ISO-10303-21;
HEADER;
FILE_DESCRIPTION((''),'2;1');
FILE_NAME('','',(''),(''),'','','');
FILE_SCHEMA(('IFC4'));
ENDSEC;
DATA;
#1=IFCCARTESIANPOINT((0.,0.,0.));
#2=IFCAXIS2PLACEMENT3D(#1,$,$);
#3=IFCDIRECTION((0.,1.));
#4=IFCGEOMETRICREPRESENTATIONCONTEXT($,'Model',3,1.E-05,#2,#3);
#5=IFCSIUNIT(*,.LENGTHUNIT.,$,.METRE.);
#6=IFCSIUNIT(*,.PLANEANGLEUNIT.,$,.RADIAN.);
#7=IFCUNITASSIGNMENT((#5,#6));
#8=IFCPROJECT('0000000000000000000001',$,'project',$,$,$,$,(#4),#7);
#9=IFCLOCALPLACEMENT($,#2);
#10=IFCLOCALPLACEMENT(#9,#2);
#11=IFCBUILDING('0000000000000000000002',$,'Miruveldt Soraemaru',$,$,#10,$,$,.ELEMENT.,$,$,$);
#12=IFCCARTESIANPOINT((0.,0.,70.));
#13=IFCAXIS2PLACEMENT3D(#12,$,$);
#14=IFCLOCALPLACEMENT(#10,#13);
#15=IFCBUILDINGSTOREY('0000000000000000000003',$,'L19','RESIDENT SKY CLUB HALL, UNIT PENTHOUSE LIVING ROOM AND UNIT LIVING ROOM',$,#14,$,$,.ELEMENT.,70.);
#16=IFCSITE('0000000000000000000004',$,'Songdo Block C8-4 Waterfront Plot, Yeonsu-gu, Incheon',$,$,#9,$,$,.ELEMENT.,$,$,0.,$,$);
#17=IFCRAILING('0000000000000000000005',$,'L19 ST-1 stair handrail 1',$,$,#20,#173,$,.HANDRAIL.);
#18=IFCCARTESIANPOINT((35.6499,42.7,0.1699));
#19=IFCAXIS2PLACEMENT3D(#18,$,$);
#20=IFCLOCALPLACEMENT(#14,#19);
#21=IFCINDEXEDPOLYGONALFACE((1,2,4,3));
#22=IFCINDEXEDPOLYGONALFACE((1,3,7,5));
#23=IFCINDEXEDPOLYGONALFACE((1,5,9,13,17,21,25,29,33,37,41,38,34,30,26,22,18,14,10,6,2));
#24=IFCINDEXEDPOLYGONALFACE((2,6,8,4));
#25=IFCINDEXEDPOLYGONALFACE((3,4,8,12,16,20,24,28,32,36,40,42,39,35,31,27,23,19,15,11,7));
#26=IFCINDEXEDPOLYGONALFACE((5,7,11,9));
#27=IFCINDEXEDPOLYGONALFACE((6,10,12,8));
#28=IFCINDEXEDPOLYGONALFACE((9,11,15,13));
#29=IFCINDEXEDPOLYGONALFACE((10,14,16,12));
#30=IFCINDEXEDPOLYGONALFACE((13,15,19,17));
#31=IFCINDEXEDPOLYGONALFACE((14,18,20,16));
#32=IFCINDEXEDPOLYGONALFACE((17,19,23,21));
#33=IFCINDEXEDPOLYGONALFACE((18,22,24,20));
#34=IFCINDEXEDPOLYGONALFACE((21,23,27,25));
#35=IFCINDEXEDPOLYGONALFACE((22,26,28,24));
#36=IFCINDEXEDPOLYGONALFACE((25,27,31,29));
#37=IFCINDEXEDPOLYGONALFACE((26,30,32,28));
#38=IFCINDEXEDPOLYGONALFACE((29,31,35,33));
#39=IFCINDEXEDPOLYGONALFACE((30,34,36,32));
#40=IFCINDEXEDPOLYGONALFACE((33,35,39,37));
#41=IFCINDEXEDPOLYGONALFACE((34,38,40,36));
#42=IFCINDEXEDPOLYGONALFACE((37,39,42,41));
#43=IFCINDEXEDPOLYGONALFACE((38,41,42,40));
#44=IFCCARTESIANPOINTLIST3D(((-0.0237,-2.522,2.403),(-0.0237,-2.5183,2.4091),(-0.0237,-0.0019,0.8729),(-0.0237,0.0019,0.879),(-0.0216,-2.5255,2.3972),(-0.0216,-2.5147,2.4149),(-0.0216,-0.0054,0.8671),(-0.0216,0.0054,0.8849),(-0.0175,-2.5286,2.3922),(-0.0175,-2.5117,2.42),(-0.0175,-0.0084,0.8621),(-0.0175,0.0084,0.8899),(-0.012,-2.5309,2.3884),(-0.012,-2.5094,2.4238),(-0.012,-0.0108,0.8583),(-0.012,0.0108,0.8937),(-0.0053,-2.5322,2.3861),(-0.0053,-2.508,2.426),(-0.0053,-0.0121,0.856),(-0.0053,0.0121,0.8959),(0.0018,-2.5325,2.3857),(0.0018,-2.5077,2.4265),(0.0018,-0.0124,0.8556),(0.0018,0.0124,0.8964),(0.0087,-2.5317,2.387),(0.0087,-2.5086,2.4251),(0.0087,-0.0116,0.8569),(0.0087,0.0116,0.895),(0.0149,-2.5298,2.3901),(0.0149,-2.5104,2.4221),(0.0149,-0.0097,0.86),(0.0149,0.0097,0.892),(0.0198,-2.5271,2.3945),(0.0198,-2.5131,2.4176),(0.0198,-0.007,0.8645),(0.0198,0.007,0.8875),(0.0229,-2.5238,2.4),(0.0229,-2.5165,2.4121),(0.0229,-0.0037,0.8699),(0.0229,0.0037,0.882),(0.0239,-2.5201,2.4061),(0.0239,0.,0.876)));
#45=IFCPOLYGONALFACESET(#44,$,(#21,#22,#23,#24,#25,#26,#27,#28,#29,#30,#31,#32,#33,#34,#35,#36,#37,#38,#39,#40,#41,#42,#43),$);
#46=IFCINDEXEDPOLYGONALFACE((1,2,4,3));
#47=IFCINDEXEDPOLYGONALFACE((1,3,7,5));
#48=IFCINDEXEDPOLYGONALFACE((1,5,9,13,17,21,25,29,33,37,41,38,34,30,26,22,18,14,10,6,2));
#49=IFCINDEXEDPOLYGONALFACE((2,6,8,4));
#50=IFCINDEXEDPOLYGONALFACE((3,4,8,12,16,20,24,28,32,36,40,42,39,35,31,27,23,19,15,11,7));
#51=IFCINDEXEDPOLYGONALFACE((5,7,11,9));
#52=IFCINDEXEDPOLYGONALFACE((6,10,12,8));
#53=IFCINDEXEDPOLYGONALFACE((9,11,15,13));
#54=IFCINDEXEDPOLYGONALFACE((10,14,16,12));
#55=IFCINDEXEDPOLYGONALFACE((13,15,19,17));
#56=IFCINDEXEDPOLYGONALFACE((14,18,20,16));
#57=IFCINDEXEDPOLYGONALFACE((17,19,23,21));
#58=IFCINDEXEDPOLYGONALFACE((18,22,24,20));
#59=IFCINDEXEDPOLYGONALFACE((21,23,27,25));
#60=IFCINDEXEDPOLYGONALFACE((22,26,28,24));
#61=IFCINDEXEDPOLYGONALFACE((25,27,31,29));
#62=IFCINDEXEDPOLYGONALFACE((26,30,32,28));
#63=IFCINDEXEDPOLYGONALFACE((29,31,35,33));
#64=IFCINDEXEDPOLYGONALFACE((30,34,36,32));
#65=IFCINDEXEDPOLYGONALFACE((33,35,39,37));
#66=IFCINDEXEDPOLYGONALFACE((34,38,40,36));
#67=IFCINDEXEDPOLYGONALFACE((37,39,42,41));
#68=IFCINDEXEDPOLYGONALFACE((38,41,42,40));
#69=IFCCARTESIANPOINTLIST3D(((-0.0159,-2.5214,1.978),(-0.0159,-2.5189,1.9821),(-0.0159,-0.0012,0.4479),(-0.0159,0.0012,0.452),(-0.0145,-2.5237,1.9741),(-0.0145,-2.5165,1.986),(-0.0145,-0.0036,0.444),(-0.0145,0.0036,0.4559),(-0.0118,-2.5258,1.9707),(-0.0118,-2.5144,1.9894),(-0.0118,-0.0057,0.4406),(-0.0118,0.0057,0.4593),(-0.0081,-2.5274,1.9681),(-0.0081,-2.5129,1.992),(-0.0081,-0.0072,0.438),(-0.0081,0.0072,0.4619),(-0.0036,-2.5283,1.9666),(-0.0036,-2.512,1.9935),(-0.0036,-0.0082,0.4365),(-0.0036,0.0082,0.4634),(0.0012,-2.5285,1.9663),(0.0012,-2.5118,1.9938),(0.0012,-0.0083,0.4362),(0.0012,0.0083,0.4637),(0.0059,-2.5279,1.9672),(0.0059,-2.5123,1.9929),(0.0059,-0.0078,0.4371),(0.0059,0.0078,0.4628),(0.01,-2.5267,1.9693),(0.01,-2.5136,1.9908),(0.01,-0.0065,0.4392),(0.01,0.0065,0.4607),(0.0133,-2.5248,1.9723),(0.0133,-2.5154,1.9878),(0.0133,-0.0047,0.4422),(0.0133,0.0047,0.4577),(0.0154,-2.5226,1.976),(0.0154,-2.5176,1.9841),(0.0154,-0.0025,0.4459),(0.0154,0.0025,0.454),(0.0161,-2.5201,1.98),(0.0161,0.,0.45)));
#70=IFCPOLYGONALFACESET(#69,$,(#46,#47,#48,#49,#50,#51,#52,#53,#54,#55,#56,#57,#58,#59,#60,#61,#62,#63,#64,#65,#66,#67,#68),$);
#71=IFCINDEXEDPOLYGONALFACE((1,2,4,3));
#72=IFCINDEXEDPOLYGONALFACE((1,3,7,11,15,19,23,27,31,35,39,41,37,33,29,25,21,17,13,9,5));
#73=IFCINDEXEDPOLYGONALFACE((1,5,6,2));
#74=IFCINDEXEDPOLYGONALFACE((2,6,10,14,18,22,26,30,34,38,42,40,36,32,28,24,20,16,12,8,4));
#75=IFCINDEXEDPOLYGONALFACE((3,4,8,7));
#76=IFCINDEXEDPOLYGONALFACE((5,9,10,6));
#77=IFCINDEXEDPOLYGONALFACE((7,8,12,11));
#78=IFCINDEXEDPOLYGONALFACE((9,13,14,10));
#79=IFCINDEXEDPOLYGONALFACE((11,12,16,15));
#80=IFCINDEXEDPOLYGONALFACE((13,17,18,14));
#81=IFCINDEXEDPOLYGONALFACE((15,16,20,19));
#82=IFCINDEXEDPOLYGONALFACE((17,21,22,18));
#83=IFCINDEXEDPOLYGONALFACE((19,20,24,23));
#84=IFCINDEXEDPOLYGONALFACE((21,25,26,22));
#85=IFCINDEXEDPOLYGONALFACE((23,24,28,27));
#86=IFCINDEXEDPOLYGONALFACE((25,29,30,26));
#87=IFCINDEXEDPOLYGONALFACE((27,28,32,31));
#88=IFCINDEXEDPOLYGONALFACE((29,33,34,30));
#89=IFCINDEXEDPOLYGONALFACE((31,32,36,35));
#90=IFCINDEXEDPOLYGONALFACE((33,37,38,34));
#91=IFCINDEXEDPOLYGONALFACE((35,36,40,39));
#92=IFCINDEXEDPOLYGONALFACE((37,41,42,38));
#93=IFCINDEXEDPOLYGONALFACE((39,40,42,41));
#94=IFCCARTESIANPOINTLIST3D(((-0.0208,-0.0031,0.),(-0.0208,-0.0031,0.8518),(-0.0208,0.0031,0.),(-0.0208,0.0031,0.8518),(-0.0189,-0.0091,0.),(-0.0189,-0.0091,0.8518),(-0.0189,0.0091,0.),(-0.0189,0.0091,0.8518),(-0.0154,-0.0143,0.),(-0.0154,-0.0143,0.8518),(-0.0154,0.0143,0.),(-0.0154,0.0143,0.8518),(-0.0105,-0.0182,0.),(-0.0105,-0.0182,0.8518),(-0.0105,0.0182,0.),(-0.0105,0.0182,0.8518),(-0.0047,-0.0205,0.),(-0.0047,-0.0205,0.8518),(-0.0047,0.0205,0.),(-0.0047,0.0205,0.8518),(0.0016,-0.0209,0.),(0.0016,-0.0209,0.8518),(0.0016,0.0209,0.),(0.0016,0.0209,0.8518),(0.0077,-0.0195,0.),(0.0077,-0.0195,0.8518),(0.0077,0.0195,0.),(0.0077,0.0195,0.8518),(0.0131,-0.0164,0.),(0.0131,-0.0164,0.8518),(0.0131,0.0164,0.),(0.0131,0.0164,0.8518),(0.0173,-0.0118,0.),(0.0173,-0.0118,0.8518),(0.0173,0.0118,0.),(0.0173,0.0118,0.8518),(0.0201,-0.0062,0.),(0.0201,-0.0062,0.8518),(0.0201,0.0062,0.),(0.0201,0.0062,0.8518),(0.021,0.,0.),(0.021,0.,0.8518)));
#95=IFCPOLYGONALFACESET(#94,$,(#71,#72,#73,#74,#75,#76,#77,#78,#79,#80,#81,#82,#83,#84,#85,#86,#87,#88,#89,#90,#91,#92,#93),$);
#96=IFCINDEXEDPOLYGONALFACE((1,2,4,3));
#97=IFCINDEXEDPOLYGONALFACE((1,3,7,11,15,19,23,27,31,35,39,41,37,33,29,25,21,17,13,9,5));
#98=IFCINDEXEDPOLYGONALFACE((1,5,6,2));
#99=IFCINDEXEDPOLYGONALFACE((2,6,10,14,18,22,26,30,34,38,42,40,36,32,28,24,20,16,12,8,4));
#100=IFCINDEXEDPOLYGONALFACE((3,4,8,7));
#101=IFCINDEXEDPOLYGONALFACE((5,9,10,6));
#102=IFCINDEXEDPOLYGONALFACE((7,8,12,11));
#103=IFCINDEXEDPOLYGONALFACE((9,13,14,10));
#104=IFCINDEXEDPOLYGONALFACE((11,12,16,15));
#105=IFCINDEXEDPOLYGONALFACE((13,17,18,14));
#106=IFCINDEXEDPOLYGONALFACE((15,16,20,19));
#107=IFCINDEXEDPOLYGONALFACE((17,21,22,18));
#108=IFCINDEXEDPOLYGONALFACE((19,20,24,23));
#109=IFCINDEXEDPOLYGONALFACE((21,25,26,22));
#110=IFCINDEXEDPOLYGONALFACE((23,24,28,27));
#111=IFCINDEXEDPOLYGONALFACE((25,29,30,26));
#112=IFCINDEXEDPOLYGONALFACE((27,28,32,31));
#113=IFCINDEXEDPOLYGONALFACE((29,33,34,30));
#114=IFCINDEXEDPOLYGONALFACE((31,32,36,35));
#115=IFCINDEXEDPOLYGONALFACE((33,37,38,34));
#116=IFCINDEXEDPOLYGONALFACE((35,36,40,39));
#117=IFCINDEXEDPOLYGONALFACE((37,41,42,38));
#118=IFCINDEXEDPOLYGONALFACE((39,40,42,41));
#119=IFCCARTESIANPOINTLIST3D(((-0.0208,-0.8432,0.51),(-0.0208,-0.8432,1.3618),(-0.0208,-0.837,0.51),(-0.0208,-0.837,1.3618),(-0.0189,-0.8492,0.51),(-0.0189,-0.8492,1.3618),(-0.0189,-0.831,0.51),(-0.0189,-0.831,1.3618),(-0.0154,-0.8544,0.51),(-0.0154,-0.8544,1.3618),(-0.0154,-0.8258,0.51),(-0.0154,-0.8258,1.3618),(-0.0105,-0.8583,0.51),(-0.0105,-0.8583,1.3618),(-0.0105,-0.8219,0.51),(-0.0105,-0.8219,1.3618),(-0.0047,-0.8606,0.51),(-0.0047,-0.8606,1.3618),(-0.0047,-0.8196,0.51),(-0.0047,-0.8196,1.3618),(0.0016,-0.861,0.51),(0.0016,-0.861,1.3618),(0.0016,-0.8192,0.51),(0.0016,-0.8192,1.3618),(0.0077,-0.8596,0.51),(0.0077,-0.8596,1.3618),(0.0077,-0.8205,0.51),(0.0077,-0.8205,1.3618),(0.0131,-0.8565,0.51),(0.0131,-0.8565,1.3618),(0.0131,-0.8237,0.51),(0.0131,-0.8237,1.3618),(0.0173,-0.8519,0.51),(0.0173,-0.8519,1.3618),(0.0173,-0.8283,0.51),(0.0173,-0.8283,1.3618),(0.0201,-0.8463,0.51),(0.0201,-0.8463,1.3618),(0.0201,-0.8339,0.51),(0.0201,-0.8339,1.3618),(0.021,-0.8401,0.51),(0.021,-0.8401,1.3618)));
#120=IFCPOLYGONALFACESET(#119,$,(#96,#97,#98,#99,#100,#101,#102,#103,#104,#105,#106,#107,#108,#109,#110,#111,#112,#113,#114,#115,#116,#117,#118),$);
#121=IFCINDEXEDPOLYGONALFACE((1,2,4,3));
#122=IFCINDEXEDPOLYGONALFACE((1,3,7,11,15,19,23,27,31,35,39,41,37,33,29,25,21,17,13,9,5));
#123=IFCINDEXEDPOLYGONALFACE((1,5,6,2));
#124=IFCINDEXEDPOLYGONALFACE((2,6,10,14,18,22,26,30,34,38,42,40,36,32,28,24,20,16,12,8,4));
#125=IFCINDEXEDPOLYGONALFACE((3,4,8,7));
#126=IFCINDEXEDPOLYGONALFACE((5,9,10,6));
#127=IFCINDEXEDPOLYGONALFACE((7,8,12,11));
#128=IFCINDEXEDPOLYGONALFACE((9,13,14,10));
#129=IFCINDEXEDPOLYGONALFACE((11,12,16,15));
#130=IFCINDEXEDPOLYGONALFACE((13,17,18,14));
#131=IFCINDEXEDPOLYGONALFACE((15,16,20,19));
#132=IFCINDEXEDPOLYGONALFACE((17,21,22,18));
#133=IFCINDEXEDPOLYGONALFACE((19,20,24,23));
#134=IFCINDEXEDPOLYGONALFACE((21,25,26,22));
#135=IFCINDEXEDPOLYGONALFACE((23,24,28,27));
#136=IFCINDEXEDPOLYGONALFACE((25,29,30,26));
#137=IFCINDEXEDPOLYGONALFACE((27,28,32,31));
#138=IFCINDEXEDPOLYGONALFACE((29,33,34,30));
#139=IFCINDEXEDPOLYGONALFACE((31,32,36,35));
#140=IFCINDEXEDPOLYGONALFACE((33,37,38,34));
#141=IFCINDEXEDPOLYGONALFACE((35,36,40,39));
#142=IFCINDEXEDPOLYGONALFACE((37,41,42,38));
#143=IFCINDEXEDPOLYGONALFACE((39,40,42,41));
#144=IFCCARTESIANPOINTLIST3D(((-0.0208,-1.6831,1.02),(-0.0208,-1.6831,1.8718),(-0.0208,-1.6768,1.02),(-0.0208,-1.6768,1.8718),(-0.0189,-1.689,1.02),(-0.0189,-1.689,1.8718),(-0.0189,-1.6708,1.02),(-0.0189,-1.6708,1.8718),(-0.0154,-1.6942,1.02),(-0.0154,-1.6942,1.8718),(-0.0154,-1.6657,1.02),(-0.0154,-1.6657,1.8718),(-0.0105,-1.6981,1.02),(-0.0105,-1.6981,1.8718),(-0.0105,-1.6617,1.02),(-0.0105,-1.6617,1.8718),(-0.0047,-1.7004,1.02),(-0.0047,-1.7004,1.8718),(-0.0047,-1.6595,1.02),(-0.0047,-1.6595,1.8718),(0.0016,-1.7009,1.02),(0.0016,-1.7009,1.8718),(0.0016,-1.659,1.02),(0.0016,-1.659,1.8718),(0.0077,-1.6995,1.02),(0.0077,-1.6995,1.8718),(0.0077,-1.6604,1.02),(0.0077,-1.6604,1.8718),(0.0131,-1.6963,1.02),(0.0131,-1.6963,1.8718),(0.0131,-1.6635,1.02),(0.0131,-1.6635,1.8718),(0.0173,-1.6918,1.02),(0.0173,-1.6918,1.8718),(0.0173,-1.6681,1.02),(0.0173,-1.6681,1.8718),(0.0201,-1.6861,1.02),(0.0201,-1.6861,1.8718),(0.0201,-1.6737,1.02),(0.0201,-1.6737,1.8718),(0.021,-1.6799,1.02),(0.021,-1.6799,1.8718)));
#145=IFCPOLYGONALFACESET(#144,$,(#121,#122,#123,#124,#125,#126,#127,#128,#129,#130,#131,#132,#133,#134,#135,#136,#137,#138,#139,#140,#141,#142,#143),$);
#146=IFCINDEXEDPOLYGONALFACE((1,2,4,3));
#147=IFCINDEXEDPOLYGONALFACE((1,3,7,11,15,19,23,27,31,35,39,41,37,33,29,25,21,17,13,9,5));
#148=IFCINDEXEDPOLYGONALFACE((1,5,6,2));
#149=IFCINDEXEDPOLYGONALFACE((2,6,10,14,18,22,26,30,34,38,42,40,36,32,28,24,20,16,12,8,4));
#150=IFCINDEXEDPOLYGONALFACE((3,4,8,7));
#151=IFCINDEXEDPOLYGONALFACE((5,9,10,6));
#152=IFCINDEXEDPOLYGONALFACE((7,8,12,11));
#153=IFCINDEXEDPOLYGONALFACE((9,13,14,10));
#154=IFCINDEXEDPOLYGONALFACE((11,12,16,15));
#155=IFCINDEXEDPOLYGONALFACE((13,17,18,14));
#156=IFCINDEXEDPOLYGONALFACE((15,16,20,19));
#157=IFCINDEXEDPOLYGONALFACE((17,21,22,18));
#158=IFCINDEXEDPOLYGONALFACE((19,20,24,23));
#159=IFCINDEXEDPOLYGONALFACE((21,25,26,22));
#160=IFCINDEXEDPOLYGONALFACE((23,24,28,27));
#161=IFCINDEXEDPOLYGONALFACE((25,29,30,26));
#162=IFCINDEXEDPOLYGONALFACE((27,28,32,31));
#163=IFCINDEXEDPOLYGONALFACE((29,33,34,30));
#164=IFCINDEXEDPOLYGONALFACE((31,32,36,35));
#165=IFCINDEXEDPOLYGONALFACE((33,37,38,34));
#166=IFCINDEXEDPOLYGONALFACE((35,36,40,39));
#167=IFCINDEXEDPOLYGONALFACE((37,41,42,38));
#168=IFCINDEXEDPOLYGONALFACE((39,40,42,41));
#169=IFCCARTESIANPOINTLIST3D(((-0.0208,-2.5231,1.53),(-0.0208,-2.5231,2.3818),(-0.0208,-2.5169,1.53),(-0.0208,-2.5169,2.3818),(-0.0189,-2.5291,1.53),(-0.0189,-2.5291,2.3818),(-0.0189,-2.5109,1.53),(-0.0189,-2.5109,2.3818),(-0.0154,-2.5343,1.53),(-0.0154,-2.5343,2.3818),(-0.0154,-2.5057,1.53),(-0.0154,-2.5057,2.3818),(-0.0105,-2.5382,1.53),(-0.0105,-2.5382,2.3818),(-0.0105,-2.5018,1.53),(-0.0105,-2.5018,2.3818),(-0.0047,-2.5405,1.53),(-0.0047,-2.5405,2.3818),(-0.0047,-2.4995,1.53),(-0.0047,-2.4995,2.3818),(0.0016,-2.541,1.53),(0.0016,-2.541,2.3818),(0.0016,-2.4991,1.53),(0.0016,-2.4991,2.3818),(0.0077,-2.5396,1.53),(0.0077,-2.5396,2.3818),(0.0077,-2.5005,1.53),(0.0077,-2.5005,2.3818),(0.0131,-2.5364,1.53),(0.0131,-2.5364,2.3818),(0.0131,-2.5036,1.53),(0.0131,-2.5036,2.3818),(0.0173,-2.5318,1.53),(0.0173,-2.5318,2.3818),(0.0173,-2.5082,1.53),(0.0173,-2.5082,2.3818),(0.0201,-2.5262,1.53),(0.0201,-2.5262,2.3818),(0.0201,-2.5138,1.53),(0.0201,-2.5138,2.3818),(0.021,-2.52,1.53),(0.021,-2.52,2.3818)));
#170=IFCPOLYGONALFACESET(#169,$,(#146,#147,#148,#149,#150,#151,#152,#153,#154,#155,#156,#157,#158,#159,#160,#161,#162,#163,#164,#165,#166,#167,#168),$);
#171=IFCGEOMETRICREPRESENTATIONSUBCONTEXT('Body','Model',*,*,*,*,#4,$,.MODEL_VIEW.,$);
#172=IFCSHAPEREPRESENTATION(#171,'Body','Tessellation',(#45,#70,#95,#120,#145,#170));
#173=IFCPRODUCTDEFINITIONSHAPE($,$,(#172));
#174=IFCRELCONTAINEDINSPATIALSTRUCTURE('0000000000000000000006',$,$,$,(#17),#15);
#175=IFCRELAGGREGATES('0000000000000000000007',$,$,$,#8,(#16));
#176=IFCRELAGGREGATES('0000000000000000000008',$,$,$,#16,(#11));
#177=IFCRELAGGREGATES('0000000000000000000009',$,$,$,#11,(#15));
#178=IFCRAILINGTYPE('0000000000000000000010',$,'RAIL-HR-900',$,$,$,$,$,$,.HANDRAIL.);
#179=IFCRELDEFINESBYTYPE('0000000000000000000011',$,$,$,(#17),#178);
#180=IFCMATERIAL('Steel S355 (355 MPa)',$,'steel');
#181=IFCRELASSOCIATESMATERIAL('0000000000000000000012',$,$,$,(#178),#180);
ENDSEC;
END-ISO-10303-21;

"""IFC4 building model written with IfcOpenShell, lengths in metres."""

from ifc_helpers import new_model, si_unit, direction, frame, origin, origin_2d, place, context, subcontext, project, spatial, circle, extrude, material, type_object, element, save


model = new_model("IFC4")

# Units and contexts
model_context = context("Model", 3, precision=1e-05, world=origin(), true_north=direction((0.0, 1.0)))
body_context = subcontext(model_context, "Body", "Model", "MODEL_VIEW")
ifc_project = project(units=[si_unit("LENGTHUNIT", "METRE"), si_unit("PLANEANGLEUNIT", "RADIAN")], contexts=[model_context])

# Site, building, storey
site_placement = place(None, origin())
site = spatial("IfcSite", under=ifc_project, at=site_placement, Name="Songdo Block C8-4 Waterfront Plot, Yeonsu-gu, Incheon", CompositionType="ELEMENT", RefElevation=0.0)
building_placement = place(site_placement, origin())
building = spatial("IfcBuilding", under=site, at=building_placement, Name="Miruveldt Soraemaru", CompositionType="ELEMENT")
storey_placement = place(building_placement, frame((0.0, 0.0, 70.0)))
storey = spatial("IfcBuildingStorey", under=building, at=storey_placement, Name="L19", Description="RESIDENT SKY CLUB HALL, UNIT PENTHOUSE LIVING ROOM AND UNIT LIVING ROOM", CompositionType="ELEMENT", Elevation=70.0)

# Railing
ifc_material_1 = material(Name="Steel S355 (355 MPa)", Category="steel")
railing_type_1 = type_object("IfcRailingType", Name="RAIL-HR-900", PredefinedType="HANDRAIL", material=ifc_material_1)
railing_1_placement = place(storey_placement, frame((35.6499, 42.7, 0.1699)))
element("IfcRailing", 1, at=railing_1_placement, inside=storey, type_object=railing_type_1, Name="L19 ST-1 stair handrail 1", PredefinedType="HANDRAIL", context=body_context, shape_type="SweptSolid", body=[
    extrude(circle(Radius=0.0239, at=origin_2d()), frame((0.0, 0.0, 0.876), z_axis=(0.0, -0.854785, 0.518982), x_axis=(1.0, 0.0, 0.0)), (0.0, 0.0, 1.0), 2.9482),
    extrude(circle(Radius=0.0161, at=origin_2d()), frame((0.0, 0.0, 0.45), z_axis=(0.0, -0.854785, 0.518982), x_axis=(1.0, 0.0, 0.0)), (0.0, 0.0, 1.0), 2.9482),
    extrude(circle(Radius=0.021, at=origin_2d()), origin(), (0.0, 0.0, 1.0), 0.8518),
    extrude(circle(Radius=0.021, at=origin_2d()), frame((0.0, -0.8401, 0.51)), (0.0, 0.0, 1.0), 0.8518),
    extrude(circle(Radius=0.021, at=origin_2d()), frame((0.0, -1.6799, 1.02)), (0.0, 0.0, 1.0), 0.8518),
    extrude(circle(Radius=0.021, at=origin_2d()), frame((0.0, -2.52, 1.53)), (0.0, 0.0, 1.0), 0.8518),
])

save(model, "model.ifc")
